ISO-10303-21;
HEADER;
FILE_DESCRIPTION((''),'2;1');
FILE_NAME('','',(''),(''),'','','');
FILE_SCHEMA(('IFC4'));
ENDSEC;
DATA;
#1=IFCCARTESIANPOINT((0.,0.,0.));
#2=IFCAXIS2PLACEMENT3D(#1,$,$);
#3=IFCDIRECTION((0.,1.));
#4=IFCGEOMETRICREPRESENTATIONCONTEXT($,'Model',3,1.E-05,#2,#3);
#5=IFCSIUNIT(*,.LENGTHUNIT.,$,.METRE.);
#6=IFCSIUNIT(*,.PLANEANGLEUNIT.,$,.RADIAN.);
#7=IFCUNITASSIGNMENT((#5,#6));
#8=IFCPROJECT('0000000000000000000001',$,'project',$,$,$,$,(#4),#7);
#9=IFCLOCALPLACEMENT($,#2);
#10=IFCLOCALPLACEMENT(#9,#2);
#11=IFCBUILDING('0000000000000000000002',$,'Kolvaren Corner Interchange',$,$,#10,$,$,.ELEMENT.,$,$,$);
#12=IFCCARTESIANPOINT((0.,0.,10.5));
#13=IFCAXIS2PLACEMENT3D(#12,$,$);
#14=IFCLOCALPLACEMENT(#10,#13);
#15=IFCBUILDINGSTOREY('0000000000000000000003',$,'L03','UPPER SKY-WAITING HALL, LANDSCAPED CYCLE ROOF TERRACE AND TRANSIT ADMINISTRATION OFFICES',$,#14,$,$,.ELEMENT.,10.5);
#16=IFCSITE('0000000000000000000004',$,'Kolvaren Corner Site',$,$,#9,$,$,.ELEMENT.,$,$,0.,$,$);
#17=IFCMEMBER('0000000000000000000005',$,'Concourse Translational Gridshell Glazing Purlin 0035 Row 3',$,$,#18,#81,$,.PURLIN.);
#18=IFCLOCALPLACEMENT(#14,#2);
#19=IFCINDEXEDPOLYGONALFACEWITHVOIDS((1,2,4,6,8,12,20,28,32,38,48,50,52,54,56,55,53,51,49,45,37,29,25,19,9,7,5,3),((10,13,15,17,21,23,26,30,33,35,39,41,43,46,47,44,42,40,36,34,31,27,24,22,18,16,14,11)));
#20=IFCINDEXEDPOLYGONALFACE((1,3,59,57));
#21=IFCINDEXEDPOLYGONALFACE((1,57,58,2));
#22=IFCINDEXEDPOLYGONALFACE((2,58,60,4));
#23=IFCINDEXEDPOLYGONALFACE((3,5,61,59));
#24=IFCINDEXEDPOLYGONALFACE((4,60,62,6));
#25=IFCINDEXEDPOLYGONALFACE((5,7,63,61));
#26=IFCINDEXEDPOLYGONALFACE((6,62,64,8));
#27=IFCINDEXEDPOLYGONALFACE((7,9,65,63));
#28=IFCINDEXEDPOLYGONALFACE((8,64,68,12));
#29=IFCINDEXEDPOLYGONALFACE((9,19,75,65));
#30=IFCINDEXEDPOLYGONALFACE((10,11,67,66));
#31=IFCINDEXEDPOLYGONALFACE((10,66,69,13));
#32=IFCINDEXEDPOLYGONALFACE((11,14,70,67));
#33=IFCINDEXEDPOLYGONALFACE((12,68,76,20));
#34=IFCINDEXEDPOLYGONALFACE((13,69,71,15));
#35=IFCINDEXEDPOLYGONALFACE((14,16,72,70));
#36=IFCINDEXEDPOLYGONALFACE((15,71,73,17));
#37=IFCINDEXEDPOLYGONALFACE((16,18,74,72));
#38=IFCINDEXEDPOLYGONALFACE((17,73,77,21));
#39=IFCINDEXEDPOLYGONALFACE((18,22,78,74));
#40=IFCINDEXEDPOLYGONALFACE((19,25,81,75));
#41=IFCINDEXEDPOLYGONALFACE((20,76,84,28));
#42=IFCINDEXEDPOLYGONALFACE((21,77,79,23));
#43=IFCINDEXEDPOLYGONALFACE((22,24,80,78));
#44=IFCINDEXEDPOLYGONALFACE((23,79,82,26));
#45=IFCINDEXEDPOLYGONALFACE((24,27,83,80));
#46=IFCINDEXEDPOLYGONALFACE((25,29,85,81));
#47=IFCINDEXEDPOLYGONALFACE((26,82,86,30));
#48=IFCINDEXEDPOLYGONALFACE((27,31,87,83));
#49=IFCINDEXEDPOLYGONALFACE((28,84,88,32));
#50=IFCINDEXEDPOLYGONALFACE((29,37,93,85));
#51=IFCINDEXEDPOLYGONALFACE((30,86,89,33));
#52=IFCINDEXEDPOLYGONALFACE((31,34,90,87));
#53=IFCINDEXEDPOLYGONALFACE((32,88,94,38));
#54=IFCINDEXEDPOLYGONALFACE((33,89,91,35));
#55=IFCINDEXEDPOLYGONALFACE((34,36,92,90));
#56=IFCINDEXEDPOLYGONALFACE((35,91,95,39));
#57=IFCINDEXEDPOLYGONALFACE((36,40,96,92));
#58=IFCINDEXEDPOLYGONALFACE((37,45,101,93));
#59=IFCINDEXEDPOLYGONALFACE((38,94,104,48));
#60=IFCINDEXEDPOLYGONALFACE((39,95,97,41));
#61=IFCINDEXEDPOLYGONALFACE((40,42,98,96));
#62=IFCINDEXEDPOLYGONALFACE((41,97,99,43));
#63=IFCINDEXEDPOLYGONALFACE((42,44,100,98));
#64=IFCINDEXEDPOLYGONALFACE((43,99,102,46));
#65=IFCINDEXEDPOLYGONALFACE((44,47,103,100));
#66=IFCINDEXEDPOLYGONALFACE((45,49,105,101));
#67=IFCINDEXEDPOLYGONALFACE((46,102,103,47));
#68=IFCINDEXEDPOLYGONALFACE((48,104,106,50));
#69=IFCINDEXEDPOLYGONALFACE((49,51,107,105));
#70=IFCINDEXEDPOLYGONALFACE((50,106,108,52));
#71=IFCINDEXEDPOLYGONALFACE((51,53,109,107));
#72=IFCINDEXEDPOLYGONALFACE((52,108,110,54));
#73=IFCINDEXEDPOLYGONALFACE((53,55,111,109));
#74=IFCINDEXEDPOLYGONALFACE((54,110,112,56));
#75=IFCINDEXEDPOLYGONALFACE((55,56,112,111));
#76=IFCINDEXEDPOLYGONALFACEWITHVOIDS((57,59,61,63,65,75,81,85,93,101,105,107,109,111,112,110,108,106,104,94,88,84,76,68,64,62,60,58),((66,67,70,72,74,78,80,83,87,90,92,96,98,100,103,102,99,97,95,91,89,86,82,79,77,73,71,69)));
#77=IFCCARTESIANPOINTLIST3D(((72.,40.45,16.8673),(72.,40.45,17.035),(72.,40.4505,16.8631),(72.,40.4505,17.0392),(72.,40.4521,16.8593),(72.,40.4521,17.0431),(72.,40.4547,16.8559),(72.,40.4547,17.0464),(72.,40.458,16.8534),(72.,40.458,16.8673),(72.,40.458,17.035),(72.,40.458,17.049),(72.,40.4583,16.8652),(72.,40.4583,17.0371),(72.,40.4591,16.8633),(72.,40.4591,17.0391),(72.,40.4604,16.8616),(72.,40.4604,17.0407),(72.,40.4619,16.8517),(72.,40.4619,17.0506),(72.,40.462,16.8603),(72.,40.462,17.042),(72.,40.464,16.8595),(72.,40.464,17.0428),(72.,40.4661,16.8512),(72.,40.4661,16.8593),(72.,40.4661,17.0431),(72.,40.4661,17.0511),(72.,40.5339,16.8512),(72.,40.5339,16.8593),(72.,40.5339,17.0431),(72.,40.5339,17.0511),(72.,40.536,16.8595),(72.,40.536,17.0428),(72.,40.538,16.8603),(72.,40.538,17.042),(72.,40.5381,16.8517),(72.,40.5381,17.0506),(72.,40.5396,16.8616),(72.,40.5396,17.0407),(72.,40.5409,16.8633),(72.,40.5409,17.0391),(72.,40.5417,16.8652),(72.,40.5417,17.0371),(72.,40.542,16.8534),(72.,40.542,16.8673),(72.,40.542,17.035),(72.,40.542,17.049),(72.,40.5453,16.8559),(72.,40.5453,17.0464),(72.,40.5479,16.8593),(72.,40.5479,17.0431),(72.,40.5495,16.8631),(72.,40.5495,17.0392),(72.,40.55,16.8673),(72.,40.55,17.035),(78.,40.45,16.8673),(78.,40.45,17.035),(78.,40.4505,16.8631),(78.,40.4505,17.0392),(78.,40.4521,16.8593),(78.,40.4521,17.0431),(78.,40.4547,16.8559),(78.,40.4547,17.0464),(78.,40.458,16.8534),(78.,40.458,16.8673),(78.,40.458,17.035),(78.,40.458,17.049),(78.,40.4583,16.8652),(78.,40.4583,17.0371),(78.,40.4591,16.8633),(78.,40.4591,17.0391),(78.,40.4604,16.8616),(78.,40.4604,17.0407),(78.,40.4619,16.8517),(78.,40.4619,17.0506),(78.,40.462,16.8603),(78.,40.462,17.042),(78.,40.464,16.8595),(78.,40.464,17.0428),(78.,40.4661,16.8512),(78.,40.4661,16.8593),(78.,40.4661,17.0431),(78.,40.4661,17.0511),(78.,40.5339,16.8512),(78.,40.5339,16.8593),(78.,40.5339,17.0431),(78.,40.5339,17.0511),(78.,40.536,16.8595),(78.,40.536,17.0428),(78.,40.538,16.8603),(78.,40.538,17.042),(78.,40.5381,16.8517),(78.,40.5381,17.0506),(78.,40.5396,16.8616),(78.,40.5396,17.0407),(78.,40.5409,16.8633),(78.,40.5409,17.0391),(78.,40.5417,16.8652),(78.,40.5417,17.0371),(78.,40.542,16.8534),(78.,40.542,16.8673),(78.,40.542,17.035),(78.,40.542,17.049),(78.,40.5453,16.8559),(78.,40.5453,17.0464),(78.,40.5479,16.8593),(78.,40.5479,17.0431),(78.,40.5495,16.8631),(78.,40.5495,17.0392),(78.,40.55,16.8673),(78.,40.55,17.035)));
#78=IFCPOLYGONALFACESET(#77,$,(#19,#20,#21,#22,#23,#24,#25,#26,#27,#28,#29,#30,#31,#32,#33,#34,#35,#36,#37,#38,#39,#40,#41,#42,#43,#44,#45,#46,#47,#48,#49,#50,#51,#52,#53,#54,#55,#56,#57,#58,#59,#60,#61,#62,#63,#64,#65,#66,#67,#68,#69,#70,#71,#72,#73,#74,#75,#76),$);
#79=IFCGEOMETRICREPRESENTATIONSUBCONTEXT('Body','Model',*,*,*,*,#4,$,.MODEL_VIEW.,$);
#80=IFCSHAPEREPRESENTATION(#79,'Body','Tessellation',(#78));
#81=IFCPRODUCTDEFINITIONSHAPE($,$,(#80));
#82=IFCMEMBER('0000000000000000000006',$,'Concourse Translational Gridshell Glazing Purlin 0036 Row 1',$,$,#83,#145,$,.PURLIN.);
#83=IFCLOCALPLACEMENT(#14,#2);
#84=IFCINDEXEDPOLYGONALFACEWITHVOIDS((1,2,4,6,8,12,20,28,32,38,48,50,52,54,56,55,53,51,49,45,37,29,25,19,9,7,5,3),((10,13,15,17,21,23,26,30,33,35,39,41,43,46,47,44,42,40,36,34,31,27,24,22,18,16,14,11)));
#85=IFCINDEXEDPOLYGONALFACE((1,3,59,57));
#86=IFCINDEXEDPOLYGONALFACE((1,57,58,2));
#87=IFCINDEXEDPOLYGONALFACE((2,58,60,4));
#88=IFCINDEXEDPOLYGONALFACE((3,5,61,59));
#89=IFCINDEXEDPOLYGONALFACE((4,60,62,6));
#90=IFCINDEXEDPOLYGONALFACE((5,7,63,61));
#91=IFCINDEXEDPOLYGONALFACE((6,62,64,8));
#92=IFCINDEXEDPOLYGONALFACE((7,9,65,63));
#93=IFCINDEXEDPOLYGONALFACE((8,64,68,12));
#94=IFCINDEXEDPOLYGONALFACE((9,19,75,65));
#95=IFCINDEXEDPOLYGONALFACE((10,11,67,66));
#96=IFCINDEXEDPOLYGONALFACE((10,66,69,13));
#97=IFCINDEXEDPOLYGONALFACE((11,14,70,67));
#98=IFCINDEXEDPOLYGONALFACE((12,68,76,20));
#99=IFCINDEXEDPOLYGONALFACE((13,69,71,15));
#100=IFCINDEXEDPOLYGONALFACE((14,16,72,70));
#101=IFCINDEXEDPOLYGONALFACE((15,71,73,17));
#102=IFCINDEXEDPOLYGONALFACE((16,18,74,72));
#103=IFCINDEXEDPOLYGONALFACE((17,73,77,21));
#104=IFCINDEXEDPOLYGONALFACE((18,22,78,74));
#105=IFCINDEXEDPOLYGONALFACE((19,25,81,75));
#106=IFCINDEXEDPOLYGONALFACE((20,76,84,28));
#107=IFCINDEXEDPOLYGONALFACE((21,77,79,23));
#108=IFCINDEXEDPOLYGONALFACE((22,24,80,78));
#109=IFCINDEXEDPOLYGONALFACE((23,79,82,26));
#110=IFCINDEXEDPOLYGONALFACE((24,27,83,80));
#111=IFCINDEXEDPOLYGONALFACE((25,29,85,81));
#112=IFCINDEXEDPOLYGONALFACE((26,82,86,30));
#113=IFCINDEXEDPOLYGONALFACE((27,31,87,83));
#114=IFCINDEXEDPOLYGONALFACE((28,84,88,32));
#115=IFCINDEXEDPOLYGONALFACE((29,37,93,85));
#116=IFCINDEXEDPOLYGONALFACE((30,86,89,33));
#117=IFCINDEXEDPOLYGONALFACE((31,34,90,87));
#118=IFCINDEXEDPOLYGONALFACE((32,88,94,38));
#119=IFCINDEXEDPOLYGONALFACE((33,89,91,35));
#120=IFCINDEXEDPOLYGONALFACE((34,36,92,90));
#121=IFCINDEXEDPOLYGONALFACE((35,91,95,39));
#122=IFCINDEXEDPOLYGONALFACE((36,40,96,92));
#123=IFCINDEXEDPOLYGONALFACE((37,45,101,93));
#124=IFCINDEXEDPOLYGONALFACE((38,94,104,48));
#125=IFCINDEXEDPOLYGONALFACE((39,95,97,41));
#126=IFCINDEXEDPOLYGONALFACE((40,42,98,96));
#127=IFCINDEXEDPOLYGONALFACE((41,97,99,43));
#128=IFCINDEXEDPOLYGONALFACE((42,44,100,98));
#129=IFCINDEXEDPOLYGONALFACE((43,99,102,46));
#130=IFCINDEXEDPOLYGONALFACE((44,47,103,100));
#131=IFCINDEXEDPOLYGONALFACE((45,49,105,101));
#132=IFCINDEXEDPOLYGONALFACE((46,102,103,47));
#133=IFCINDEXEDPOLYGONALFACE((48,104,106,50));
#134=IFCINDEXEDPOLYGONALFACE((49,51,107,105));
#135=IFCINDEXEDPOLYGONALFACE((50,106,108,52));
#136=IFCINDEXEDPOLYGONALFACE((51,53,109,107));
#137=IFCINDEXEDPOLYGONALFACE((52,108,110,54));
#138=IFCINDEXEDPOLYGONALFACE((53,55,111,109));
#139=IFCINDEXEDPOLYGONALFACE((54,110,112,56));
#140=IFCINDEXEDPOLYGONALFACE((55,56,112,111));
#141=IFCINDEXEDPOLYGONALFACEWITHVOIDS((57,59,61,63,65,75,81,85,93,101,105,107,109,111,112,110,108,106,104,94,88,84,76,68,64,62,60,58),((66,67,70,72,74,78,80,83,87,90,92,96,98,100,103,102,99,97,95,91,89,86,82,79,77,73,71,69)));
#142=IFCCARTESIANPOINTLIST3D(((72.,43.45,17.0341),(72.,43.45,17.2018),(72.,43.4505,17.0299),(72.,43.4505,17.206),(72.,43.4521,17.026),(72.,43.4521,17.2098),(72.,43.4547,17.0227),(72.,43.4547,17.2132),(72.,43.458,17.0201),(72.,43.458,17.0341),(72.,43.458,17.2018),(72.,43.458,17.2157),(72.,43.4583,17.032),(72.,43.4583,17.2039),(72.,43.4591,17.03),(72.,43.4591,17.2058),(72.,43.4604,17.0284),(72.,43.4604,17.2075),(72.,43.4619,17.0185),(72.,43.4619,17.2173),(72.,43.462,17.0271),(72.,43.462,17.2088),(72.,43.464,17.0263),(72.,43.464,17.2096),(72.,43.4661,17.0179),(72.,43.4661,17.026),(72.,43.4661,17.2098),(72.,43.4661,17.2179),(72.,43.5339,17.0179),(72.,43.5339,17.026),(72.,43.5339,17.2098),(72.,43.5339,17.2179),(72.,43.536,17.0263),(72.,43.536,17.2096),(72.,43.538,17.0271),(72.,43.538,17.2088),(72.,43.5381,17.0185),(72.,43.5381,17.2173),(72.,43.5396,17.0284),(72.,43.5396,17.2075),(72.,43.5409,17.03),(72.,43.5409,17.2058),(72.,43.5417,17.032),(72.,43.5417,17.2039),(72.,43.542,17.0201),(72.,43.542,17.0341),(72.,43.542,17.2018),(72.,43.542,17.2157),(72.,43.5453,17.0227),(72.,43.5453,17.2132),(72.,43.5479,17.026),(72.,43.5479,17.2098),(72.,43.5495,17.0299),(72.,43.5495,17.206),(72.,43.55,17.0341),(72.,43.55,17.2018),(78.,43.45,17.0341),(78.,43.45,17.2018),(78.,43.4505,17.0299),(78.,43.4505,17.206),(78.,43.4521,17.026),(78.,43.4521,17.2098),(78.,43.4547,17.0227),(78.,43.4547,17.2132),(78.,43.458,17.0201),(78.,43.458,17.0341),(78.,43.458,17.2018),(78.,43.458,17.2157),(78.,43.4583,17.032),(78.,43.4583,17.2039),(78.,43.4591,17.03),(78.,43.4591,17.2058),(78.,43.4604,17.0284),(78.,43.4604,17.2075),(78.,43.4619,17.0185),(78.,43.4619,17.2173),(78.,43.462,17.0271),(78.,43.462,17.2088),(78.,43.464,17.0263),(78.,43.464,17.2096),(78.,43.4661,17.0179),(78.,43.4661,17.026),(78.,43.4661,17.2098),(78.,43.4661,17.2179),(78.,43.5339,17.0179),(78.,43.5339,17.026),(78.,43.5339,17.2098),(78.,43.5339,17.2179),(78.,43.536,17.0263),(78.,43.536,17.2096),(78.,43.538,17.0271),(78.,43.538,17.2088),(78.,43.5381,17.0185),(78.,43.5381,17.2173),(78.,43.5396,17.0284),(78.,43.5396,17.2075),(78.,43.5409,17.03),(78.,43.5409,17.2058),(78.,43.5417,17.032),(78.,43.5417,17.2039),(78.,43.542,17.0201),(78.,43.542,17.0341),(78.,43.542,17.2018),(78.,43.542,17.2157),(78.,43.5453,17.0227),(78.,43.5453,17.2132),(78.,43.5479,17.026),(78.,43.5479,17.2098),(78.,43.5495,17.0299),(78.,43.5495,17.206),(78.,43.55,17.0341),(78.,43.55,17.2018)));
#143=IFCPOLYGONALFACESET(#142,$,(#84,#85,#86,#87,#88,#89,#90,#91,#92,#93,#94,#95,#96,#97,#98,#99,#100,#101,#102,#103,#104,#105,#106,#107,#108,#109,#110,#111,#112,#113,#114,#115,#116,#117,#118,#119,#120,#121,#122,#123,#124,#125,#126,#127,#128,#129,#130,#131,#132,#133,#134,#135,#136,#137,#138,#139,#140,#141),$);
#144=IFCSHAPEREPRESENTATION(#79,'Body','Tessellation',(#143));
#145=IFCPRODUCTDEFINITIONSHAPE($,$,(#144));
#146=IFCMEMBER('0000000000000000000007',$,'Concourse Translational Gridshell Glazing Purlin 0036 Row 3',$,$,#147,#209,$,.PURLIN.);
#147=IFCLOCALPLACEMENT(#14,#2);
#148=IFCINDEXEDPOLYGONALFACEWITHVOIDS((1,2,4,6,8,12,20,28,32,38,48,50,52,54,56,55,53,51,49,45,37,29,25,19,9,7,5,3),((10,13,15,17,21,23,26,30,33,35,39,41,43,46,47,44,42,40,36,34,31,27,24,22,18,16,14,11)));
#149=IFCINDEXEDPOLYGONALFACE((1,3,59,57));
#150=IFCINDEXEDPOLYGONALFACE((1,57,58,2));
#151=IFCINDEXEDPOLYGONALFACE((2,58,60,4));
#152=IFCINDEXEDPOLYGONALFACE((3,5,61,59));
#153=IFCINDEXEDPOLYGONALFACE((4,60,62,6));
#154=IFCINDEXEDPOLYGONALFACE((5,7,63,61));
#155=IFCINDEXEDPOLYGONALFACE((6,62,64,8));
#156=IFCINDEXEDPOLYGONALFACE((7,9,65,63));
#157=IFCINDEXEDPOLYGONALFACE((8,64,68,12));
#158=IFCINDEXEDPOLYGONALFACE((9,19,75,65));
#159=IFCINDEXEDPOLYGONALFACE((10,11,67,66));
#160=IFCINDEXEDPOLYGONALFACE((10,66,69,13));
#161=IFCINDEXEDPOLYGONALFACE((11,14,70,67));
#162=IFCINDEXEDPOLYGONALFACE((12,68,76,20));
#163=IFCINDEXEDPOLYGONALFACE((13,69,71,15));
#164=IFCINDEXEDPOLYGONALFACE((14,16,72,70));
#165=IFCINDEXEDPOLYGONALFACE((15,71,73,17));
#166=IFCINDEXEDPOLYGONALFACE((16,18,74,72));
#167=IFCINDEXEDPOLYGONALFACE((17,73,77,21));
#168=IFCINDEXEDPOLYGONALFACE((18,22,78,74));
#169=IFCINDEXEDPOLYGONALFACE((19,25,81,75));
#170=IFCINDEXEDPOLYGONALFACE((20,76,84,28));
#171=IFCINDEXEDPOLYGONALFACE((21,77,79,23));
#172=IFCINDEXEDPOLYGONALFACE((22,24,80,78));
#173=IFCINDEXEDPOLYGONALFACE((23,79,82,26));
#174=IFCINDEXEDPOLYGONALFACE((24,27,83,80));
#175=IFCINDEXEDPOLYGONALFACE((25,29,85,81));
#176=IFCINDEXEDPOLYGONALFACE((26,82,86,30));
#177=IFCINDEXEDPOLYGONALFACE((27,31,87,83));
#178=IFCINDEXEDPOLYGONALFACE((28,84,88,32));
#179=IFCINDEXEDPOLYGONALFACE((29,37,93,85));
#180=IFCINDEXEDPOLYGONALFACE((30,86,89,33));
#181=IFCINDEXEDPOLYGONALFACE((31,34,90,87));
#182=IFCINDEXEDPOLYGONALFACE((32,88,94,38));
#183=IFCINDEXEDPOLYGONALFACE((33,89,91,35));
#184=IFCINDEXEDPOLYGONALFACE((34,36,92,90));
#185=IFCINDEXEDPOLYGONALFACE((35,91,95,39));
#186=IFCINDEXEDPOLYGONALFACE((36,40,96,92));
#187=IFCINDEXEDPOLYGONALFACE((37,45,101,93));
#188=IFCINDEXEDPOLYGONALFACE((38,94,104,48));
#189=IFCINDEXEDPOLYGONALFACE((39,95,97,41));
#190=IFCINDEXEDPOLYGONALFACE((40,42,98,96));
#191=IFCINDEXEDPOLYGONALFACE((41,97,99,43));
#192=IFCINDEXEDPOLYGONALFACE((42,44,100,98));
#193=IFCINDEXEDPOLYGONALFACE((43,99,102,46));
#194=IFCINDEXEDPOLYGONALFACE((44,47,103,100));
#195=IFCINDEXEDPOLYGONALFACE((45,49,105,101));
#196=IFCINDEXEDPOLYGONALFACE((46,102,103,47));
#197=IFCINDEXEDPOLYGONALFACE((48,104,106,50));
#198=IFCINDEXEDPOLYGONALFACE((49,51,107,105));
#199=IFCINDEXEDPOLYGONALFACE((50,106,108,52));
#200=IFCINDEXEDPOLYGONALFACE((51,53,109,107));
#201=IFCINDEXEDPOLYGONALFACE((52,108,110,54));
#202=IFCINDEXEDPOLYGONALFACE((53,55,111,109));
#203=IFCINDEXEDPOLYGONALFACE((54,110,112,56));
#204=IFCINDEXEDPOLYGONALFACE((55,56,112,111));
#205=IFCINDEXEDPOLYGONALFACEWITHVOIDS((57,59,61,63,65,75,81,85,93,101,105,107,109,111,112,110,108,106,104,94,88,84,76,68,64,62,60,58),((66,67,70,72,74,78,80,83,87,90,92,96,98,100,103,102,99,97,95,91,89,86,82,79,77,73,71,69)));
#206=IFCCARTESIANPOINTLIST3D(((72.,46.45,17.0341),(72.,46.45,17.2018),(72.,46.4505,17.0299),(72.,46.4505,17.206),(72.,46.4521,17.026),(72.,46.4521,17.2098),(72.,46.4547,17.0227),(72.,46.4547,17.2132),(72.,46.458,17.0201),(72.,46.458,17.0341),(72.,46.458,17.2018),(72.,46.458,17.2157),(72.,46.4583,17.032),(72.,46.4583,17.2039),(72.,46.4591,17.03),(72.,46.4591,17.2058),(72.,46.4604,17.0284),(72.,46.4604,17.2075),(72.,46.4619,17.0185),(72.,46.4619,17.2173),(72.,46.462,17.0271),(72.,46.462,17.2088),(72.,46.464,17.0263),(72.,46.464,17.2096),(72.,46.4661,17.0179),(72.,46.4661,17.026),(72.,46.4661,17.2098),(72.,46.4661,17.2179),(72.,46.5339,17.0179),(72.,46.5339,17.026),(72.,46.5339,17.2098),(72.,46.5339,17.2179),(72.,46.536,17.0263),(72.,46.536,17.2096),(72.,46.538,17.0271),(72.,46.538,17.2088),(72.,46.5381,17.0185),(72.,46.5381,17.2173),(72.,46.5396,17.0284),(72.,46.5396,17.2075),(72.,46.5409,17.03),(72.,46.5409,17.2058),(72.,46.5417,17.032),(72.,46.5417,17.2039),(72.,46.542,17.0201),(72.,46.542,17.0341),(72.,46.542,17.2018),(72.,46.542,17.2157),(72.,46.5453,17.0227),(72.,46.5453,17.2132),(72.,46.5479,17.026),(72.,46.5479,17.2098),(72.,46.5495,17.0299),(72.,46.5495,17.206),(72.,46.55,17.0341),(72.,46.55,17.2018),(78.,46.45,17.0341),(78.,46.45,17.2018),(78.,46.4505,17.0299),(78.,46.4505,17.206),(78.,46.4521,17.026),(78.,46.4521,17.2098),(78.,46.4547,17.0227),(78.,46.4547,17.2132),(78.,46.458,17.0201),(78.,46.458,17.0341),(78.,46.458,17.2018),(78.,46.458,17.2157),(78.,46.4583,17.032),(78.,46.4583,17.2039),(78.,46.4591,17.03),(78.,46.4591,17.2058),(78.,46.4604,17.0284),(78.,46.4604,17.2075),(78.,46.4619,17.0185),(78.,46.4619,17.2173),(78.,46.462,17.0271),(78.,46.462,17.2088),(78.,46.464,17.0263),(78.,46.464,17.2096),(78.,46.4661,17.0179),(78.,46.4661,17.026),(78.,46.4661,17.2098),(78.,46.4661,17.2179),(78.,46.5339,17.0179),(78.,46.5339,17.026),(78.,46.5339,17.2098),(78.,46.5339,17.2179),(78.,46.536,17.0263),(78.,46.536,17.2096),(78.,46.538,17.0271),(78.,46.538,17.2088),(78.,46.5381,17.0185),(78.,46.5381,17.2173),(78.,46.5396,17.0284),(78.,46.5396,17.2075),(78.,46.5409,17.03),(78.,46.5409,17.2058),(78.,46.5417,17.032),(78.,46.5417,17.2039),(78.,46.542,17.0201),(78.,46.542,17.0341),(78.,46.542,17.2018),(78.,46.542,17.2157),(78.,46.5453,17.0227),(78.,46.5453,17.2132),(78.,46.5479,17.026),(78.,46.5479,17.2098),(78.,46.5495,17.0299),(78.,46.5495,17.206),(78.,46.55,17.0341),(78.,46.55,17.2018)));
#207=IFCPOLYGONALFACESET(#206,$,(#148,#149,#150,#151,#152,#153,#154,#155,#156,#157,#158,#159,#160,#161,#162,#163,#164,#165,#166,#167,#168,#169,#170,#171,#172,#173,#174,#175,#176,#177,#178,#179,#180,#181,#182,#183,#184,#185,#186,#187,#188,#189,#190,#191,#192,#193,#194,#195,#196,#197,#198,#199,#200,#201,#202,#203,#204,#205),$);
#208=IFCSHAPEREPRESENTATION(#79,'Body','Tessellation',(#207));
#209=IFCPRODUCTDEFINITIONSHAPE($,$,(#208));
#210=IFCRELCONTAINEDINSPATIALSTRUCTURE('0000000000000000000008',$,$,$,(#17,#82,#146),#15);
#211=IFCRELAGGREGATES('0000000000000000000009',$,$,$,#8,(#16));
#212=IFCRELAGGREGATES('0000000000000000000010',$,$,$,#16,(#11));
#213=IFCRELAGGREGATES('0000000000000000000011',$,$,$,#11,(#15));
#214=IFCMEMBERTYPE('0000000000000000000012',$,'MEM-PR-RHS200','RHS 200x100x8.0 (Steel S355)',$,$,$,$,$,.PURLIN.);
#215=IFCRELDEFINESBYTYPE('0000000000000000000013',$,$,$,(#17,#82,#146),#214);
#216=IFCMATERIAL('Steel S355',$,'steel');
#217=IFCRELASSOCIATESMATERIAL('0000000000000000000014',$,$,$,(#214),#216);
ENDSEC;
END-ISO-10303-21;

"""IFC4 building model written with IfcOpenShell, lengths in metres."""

from ifc_helpers import new_model, si_unit, direction, frame, origin, origin_2d, place, context, subcontext, project, spatial, hollow_rectangle, extrude, material, material_profile, profile_set, type_object, element, save


model = new_model("IFC4")

# Units and contexts
model_context = context("Model", 3, precision=1e-05, world=origin(), true_north=direction((0.0, 1.0)))
body_context = subcontext(model_context, "Body", "Model", "MODEL_VIEW")
ifc_project = project(units=[si_unit("LENGTHUNIT", "METRE"), si_unit("PLANEANGLEUNIT", "RADIAN")], contexts=[model_context])

# Site, building, storey
site_placement = place(None, origin())
site = spatial("IfcSite", under=ifc_project, at=site_placement, Name="Kolvaren Corner Site", CompositionType="ELEMENT", RefElevation=0.0)
building_placement = place(site_placement, origin())
building = spatial("IfcBuilding", under=site, at=building_placement, Name="Kolvaren Corner Interchange", CompositionType="ELEMENT")
storey_placement = place(building_placement, frame((0.0, 0.0, 10.5)))
storey = spatial("IfcBuildingStorey", under=building, at=storey_placement, Name="L03", Description="UPPER SKY-WAITING HALL, LANDSCAPED CYCLE ROOF TERRACE AND TRANSIT ADMINISTRATION OFFICES", CompositionType="ELEMENT", Elevation=10.5)

# Members
ifc_material_1 = material(Name="Steel S355", Category="steel")
ifc_material_profile_1 = material_profile(ifc_material_1, hollow_rectangle(XDim=0.1001, YDim=0.2, WallThickness=0.0081, InnerFilletRadius=0.0081, OuterFilletRadius=0.0161, at=origin_2d()), Name="RHS 200x100x8.0")
ifc_profile_set_1 = profile_set([ifc_material_profile_1], Name="Steel S355")
member_type_1 = type_object("IfcMemberType", Name="MEM-PR-RHS200", Description="RHS 200x100x8.0 (Steel S355)", PredefinedType="PURLIN", material=ifc_profile_set_1)
for number, where, z_axis, x_axis, name in (
    (1, (72.0, 40.5, 16.9512), (1.0, 0.0, 0.0), (0.0, 1.0, 0.0), "Concourse Translational Gridshell Glazing Purlin 0035 Row 3"),
    (2, (72.0, 43.5, 17.1179), (1.0, 0.0, 0.0), (0.0, 1.0, 0.0), "Concourse Translational Gridshell Glazing Purlin 0036 Row 1"),
    (3, (72.0, 46.5, 17.1179), (1.0, 0.0, 0.0), (0.0, 1.0, 0.0), "Concourse Translational Gridshell Glazing Purlin 0036 Row 3"),
):
    element("IfcMember", number, at=place(storey_placement, frame(where, z_axis=z_axis, x_axis=x_axis)), inside=storey, type_object=member_type_1, Name=name, PredefinedType="PURLIN", context=body_context, shape_type="SweptSolid", body=[
        extrude(hollow_rectangle(XDim=0.1001, YDim=0.2, WallThickness=0.0081, InnerFilletRadius=0.0081, OuterFilletRadius=0.0161, at=origin_2d()), origin(), (0.0, 0.0, 1.0), 6.0),
    ])

save(model, "model.ifc")
